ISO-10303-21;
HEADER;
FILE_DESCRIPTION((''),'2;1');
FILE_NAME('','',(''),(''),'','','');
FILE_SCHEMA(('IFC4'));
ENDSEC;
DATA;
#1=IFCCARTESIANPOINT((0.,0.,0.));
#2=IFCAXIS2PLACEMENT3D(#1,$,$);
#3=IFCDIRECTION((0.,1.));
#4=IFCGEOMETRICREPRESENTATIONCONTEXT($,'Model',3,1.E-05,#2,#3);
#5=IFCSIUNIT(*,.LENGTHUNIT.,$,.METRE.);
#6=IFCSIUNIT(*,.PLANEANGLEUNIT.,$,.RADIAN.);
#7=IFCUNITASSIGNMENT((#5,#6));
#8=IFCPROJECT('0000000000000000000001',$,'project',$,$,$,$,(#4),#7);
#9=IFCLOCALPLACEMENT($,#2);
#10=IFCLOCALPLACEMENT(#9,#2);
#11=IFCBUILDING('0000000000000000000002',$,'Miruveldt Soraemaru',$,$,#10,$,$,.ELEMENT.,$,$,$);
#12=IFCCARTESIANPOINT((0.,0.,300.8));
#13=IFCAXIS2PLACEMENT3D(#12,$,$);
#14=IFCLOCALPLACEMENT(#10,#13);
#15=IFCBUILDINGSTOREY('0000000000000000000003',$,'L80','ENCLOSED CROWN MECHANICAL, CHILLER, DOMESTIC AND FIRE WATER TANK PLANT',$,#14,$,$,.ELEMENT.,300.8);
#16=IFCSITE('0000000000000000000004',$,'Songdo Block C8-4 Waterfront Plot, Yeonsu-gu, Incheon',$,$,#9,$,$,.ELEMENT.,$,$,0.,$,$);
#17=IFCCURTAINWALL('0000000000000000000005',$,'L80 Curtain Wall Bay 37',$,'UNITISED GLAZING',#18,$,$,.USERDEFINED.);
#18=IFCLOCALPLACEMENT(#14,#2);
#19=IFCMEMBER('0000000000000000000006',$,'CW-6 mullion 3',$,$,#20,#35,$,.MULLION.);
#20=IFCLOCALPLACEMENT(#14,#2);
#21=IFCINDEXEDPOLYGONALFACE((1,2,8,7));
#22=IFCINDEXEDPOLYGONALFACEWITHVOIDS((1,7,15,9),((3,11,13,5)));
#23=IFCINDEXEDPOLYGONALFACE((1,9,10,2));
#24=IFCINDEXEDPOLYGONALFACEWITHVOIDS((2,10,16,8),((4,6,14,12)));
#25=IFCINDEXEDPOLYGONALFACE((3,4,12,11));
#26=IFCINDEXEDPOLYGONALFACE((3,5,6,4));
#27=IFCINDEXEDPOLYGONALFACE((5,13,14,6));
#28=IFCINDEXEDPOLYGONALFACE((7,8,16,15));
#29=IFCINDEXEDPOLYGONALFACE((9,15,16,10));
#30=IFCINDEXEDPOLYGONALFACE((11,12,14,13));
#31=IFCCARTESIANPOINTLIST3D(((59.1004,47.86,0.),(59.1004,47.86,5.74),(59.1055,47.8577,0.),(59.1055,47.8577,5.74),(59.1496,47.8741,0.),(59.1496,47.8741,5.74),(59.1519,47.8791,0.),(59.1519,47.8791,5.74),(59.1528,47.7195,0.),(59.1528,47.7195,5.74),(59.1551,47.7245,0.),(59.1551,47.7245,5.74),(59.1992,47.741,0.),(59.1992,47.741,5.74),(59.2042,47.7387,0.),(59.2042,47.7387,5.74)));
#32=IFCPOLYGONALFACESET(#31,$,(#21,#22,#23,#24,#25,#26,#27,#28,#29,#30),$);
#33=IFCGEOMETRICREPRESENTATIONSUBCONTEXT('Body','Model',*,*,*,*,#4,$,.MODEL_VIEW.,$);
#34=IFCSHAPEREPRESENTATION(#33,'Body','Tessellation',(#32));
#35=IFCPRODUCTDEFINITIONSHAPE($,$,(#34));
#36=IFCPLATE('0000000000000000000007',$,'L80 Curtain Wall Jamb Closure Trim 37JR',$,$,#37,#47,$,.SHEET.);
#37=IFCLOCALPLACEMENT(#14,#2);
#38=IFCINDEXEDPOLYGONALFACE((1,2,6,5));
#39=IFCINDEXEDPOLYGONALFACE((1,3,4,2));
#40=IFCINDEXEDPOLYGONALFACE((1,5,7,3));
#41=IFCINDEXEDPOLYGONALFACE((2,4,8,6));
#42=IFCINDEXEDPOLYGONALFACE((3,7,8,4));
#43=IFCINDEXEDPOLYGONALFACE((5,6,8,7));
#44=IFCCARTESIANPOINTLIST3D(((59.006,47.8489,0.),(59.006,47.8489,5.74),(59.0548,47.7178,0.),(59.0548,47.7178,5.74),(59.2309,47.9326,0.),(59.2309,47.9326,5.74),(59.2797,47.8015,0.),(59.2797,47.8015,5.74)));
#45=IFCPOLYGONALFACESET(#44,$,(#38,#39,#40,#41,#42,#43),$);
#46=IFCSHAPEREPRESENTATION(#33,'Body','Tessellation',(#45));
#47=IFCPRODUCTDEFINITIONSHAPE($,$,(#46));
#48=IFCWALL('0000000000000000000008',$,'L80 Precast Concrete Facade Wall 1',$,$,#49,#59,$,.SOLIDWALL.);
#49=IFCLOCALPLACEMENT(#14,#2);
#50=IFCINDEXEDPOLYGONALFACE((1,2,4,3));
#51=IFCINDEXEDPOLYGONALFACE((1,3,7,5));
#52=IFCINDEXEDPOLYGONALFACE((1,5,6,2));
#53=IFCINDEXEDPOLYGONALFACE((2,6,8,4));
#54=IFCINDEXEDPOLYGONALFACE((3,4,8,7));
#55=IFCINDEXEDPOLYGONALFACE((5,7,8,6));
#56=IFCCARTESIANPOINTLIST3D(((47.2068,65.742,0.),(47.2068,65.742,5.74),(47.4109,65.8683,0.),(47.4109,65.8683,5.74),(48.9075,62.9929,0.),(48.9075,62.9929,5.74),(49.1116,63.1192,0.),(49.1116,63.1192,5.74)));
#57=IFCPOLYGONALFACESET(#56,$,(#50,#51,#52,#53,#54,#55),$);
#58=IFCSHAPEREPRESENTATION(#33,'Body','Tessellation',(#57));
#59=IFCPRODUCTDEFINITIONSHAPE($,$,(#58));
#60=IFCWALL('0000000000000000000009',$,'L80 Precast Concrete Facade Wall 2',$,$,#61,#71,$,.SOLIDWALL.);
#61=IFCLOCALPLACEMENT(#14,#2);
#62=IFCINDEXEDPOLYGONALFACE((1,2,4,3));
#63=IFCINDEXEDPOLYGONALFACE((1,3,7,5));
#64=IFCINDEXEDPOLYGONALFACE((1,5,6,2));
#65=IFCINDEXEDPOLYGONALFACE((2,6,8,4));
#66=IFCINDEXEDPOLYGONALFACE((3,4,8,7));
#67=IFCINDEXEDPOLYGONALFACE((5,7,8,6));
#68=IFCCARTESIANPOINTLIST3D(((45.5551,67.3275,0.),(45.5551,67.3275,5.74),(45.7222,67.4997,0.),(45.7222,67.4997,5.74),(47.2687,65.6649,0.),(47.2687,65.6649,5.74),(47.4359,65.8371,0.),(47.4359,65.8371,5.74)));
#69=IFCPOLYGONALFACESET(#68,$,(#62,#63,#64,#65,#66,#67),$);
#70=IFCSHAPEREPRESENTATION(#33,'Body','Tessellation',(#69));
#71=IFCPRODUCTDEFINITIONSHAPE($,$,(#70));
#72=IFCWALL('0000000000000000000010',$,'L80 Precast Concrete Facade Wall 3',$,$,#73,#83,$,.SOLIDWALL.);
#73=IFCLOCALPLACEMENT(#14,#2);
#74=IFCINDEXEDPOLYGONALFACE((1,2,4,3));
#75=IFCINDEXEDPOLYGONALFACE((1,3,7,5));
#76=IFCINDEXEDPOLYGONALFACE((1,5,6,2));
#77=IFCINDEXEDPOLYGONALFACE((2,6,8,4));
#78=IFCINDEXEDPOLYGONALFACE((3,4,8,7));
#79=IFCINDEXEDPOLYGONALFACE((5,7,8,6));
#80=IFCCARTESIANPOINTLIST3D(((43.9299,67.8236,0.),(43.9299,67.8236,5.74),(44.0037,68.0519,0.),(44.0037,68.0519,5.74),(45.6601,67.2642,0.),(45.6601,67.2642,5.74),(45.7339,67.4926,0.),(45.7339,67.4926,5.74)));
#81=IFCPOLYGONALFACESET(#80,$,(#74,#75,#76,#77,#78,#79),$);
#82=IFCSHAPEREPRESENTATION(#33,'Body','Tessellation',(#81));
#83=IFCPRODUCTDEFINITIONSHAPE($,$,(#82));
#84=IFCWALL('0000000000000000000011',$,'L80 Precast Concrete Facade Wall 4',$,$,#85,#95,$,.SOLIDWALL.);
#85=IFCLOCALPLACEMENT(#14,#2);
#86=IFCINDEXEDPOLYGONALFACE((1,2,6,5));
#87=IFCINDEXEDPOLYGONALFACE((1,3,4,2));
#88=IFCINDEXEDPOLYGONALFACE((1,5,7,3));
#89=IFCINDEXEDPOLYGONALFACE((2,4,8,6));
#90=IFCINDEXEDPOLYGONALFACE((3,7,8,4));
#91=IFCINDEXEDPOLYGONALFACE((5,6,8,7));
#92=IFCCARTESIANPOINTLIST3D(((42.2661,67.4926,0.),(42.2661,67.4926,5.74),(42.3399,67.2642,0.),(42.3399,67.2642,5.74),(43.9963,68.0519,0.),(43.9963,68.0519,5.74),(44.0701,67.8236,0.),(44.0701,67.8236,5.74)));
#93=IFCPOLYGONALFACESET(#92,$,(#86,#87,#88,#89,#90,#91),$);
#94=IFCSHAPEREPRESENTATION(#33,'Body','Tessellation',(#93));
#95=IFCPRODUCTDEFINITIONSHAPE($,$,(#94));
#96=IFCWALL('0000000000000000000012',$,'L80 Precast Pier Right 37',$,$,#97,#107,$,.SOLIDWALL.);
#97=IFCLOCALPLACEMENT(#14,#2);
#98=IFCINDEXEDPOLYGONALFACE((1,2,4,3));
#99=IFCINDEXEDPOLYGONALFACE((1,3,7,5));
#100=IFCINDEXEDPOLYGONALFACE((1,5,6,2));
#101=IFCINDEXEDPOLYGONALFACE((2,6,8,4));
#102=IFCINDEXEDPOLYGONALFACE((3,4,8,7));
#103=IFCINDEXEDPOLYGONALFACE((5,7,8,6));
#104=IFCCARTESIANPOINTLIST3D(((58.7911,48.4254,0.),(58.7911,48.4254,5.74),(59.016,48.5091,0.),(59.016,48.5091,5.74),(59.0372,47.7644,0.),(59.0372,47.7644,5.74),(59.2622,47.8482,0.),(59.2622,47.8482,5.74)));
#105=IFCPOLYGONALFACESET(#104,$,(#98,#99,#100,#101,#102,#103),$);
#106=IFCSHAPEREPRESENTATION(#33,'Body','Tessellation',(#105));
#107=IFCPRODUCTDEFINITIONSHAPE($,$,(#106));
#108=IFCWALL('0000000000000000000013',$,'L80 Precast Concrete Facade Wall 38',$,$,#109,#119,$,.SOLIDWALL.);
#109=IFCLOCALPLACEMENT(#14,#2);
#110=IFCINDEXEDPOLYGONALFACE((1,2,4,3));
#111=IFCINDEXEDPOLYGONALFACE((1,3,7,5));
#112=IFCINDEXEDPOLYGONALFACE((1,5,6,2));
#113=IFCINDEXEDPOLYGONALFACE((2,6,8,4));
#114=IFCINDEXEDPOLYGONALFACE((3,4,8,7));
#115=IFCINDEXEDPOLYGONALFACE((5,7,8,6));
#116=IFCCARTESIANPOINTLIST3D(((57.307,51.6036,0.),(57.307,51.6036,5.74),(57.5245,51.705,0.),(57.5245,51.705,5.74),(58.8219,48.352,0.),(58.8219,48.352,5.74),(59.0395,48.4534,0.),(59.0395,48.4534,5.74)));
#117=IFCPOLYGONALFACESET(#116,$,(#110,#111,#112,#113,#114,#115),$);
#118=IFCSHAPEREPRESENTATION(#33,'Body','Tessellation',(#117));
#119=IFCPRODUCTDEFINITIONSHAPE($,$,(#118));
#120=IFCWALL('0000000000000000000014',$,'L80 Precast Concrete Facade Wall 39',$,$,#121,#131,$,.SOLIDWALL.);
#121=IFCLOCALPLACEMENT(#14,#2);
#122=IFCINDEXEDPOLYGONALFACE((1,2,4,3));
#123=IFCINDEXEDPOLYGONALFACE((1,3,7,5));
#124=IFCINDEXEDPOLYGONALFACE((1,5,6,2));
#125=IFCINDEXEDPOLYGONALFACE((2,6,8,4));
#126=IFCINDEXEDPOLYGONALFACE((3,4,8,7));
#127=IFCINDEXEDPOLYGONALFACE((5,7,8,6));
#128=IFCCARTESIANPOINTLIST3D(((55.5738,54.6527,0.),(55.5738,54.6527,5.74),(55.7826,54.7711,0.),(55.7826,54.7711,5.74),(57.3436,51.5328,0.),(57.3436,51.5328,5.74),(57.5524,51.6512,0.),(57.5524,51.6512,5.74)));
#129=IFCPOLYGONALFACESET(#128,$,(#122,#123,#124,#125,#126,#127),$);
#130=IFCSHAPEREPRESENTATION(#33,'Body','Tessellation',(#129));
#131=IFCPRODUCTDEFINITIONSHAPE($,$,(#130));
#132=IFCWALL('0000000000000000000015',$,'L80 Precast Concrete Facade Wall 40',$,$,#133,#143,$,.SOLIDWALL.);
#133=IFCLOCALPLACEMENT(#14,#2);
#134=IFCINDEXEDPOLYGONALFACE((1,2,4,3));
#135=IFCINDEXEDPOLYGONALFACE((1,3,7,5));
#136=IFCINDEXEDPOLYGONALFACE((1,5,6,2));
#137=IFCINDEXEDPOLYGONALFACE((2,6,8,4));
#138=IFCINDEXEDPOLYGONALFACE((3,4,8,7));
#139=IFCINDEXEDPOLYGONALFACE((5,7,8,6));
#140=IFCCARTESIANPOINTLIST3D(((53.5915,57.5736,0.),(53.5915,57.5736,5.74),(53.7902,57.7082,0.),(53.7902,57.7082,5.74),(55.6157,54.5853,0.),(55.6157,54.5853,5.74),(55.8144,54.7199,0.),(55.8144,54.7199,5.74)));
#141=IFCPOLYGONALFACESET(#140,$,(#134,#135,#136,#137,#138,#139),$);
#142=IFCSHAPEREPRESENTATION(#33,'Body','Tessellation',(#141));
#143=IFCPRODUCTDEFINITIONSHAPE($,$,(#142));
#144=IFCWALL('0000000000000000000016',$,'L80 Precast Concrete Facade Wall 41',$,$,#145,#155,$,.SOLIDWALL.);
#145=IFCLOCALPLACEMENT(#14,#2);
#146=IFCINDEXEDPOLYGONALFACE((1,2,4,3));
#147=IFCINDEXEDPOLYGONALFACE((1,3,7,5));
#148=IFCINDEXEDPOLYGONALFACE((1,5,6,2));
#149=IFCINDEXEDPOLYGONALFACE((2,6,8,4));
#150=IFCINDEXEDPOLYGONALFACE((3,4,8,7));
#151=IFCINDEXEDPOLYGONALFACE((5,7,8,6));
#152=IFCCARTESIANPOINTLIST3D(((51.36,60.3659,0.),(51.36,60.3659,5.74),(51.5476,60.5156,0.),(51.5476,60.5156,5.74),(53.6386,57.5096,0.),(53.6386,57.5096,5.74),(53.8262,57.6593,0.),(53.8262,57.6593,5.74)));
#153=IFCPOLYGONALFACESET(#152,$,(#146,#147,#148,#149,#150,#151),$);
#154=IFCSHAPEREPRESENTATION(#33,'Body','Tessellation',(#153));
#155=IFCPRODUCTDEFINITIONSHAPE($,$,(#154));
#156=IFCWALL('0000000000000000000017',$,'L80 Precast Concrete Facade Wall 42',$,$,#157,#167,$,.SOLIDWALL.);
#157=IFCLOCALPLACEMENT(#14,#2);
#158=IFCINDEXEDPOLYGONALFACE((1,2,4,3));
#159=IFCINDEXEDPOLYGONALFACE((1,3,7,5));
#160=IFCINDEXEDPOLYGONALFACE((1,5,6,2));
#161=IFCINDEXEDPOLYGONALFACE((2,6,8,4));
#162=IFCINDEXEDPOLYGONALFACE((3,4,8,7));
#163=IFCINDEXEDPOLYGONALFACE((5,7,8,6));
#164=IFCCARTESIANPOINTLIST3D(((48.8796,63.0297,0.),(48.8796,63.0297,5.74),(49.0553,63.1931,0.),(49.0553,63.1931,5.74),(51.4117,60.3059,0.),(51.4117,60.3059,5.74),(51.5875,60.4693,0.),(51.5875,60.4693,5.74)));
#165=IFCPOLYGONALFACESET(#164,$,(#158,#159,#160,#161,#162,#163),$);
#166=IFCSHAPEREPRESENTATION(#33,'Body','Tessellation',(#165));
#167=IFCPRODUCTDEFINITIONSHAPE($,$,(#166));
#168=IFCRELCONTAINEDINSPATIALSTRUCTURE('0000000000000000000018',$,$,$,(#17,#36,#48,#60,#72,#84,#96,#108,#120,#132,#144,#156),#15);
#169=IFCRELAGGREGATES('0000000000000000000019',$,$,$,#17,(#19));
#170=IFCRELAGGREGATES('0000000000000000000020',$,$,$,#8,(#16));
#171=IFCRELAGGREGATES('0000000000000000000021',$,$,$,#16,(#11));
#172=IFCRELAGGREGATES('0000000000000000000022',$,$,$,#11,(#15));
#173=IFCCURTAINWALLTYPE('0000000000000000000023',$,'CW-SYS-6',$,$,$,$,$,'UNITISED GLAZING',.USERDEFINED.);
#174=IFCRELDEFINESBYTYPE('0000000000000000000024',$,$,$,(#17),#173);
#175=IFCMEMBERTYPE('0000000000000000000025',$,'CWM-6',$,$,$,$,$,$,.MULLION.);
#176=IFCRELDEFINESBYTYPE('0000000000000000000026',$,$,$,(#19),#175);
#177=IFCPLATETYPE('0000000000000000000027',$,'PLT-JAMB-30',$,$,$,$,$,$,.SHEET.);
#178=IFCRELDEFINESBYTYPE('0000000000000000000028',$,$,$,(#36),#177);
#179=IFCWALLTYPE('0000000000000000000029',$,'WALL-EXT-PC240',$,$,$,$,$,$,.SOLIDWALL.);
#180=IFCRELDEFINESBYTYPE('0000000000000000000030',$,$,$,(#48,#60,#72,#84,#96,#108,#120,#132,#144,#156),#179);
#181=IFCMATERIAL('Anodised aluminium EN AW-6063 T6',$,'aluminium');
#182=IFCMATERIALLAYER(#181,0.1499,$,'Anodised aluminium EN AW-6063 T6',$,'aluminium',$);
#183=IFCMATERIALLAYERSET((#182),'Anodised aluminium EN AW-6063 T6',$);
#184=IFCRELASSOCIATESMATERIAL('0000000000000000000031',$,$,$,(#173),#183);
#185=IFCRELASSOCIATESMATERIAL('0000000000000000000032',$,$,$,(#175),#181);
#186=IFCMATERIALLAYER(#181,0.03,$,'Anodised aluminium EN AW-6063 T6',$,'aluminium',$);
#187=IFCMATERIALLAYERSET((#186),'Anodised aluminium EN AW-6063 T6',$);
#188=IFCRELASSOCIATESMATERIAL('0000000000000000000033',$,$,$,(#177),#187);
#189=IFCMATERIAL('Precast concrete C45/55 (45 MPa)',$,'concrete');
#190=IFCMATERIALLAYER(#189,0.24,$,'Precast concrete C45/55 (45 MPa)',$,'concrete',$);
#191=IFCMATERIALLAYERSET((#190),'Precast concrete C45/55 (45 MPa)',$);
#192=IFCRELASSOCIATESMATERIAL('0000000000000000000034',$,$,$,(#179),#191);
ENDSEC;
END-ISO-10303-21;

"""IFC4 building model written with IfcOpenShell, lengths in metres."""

from ifc_helpers import new_model, si_unit, direction, frame, frame_2d, origin, origin_2d, place, context, subcontext, project, spatial, rectangle, hollow_rectangle, extrude, material, layer, layer_set, material_profile, profile_set, type_object, element, aggregate, save


model = new_model("IFC4")

# Units and contexts
model_context = context("Model", 3, precision=1e-05, world=origin(), true_north=direction((0.0, 1.0)))
body_context = subcontext(model_context, "Body", "Model", "MODEL_VIEW")
ifc_project = project(units=[si_unit("LENGTHUNIT", "METRE"), si_unit("PLANEANGLEUNIT", "RADIAN")], contexts=[model_context])

# Site, building, storey
site_placement = place(None, origin())
site = spatial("IfcSite", under=ifc_project, at=site_placement, Name="Songdo Block C8-4 Waterfront Plot, Yeonsu-gu, Incheon", CompositionType="ELEMENT", RefElevation=0.0)
building_placement = place(site_placement, origin())
building = spatial("IfcBuilding", under=site, at=building_placement, Name="Miruveldt Soraemaru", CompositionType="ELEMENT")
storey_placement = place(building_placement, frame((0.0, 0.0, 300.8)))
storey = spatial("IfcBuildingStorey", under=building, at=storey_placement, Name="L80", Description="ENCLOSED CROWN MECHANICAL, CHILLER, DOMESTIC AND FIRE WATER TANK PLANT", CompositionType="ELEMENT", Elevation=300.8)

# Curtain wall, member
ifc_material_1 = material(Name="Anodised aluminium EN AW-6063 T6", Category="aluminium")
ifc_layer_1 = layer(ifc_material_1, 0.1499, Name="Anodised aluminium EN AW-6063 T6", Category="aluminium")
ifc_layer_set_1 = layer_set([ifc_layer_1], Name="Anodised aluminium EN AW-6063 T6")
curtain_wall_type = type_object("IfcCurtainWallType", Name="CW-SYS-6", ElementType="UNITISED GLAZING", PredefinedType="USERDEFINED", material=ifc_layer_set_1)
curtain_wall_placement = place(storey_placement, origin())
curtain_wall = element("IfcCurtainWall", 1, at=curtain_wall_placement, inside=storey, type_object=curtain_wall_type, Name="L80 Curtain Wall Bay 37", ObjectType="UNITISED GLAZING", PredefinedType="USERDEFINED")
ifc_material_profile_1 = material_profile(ifc_material_1, hollow_rectangle(XDim=0.0549, YDim=0.1499, WallThickness=0.0039, at=origin_2d()), Name="Anodised aluminium EN AW-6063 T6", Category="aluminium")
ifc_profile_set_1 = profile_set([ifc_material_profile_1], Name="Anodised aluminium EN AW-6063 T6")
member_type = type_object("IfcMemberType", Name="CWM-6", PredefinedType="MULLION", material=ifc_profile_set_1)
member_placement = place(storey_placement, frame((59.1523, 47.7993, 0.0), z_axis=(0.0, 0.0, 1.0), x_axis=(-0.937123, -0.348998, 0.0)))
member = element("IfcMember", 2, at=member_placement, type_object=member_type, Name="CW-6 mullion 3", PredefinedType="MULLION", context=body_context, shape_type="SweptSolid", body=[
    extrude(hollow_rectangle(XDim=0.0549, YDim=0.1499, WallThickness=0.0039, at=origin_2d()), origin(), (0.0, 0.0, 1.0), 5.74),
])
aggregate(curtain_wall, [member])

# Plate
ifc_layer_2 = layer(ifc_material_1, 0.03, Name="Anodised aluminium EN AW-6063 T6", Category="aluminium")
ifc_layer_set_2 = layer_set([ifc_layer_2], Name="Anodised aluminium EN AW-6063 T6")
plate_type = type_object("IfcPlateType", Name="PLT-JAMB-30", PredefinedType="SHEET", material=ifc_layer_set_2)
plate_placement = place(storey_placement, frame((59.1428, 47.8252, 0.0), z_axis=(0.0, 0.0, 1.0), x_axis=(-0.34903, 0.937112, 0.0)))
element("IfcPlate", 3, at=plate_placement, inside=storey, type_object=plate_type, Name="L80 Curtain Wall Jamb Closure Trim 37JR", PredefinedType="SHEET", context=body_context, shape_type="SweptSolid", body=[
    extrude(rectangle(XDim=0.1399, YDim=0.24, at=origin_2d()), origin(), (0.0, 0.0, 1.0), 5.74),
])

# Walls
ifc_material_2 = material(Name="Precast concrete C45/55 (45 MPa)", Category="concrete")
ifc_layer_3 = layer(ifc_material_2, 0.24, Name="Precast concrete C45/55 (45 MPa)", Category="concrete")
ifc_layer_set_3 = layer_set([ifc_layer_3], Name="Precast concrete C45/55 (45 MPa)")
wall_type_1 = type_object("IfcWallType", Name="WALL-EXT-PC240", PredefinedType="SOLIDWALL", material=ifc_layer_set_3)
wall_1_placement = place(storey_placement, frame((49.0095, 63.0562, 0.0), z_axis=(0.0, 0.0, 1.0), x_axis=(-0.52611, 0.850416, 0.0)))
element("IfcWall", 4, at=wall_1_placement, inside=storey, type_object=wall_type_1, Name="L80 Precast Concrete Facade Wall 1", PredefinedType="SOLIDWALL", context=body_context, shape_type="SweptSolid", body=[
    extrude(rectangle(XDim=3.2327, YDim=0.24, at=frame_2d((1.6162, 0.0))), origin(), (0.0, 0.0, 1.0), 5.74),
])
wall_2_placement = place(storey_placement, frame((47.3523, 65.751, 0.0), z_axis=(0.0, 0.0, 1.0), x_axis=(-0.717711, 0.696341, 0.0)))
element("IfcWall", 5, at=wall_2_placement, inside=storey, type_object=wall_type_1, Name="L80 Precast Concrete Facade Wall 2", PredefinedType="SOLIDWALL", context=body_context, shape_type="SweptSolid", body=[
    extrude(rectangle(XDim=2.3877, YDim=0.24, at=frame_2d((1.1938, 0.0))), origin(), (0.0, 0.0, 1.0), 5.74),
])
for number, where, z_axis, x_axis, name in (
    (6, (45.697, 67.3784, 0.0), (0.0, 0.0, 1.0), (-0.951517, 0.307595, 0.0), "L80 Precast Concrete Facade Wall 3"),
    (7, (44.0332, 67.9377, 0.0), (0.0, 0.0, 1.0), (-0.951517, -0.307595, 0.0), "L80 Precast Concrete Facade Wall 4"),
):
    element("IfcWall", number, at=place(storey_placement, frame(where, z_axis=z_axis, x_axis=x_axis)), inside=storey, type_object=wall_type_1, Name=name, PredefinedType="SOLIDWALL", context=body_context, shape_type="SweptSolid", body=[
        extrude(rectangle(XDim=1.8184, YDim=0.24, at=frame_2d((0.9092, 0.0))), origin(), (0.0, 0.0, 1.0), 5.74),
    ])
wall_3_placement = place(storey_placement, frame((59.1497, 47.8064, 0.0), z_axis=(0.0, 0.0, 1.0), x_axis=(-0.34896, 0.937138, 0.0)))
element("IfcWall", 8, at=wall_3_placement, inside=storey, type_object=wall_type_1, Name="L80 Precast Pier Right 37", PredefinedType="SOLIDWALL", context=body_context, shape_type="SweptSolid", body=[
    extrude(rectangle(XDim=0.7053, YDim=0.24, at=frame_2d((0.3525, 0.0))), origin(), (0.0, 0.0, 1.0), 5.74),
])
wall_4_placement = place(storey_placement, frame((58.9307, 48.4028, 0.0), z_axis=(0.0, 0.0, 1.0), x_axis=(-0.422323, 0.906446, 0.0)))
element("IfcWall", 9, at=wall_4_placement, inside=storey, type_object=wall_type_1, Name="L80 Precast Concrete Facade Wall 38", PredefinedType="SOLIDWALL", context=body_context, shape_type="SweptSolid", body=[
    extrude(rectangle(XDim=3.5872, YDim=0.24, at=frame_2d((1.7935, 0.0))), origin(), (0.0, 0.0, 1.0), 5.74),
])
wall_5_placement = place(storey_placement, frame((57.448, 51.592, 0.0), z_axis=(0.0, 0.0, 1.0), x_axis=(-0.493402, 0.869801, 0.0)))
element("IfcWall", 10, at=wall_5_placement, inside=storey, type_object=wall_type_1, Name="L80 Precast Concrete Facade Wall 39", PredefinedType="SOLIDWALL", context=body_context, shape_type="SweptSolid", body=[
    extrude(rectangle(XDim=3.5869, YDim=0.24, at=frame_2d((1.7935, 0.0))), origin(), (0.0, 0.0, 1.0), 5.74),
])
wall_6_placement = place(storey_placement, frame((55.7151, 54.6526, 0.0), z_axis=(0.0, 0.0, 1.0), x_axis=(-0.56082, 0.827938, 0.0)))
element("IfcWall", 11, at=wall_6_placement, inside=storey, type_object=wall_type_1, Name="L80 Precast Concrete Facade Wall 40", PredefinedType="SOLIDWALL", context=body_context, shape_type="SweptSolid", body=[
    extrude(rectangle(XDim=3.6094, YDim=0.24, at=frame_2d((1.8047, 0.0))), origin(), (0.0, 0.0, 1.0), 5.74),
])
wall_7_placement = place(storey_placement, frame((53.7324, 57.5845, 0.0), z_axis=(0.0, 0.0, 1.0), x_axis=(-0.623627, 0.781722, 0.0)))
element("IfcWall", 12, at=wall_7_placement, inside=storey, type_object=wall_type_1, Name="L80 Precast Concrete Facade Wall 41", PredefinedType="SOLIDWALL", context=body_context, shape_type="SweptSolid", body=[
    extrude(rectangle(XDim=3.6538, YDim=0.24, at=frame_2d((1.8269, 0.0))), origin(), (0.0, 0.0, 1.0), 5.74),
])
wall_8_placement = place(storey_placement, frame((51.4995, 60.3877, 0.0), z_axis=(0.0, 0.0, 1.0), x_axis=(-0.680871, 0.732403, 0.0)))
element("IfcWall", 13, at=wall_8_placement, inside=storey, type_object=wall_type_1, Name="L80 Precast Concrete Facade Wall 42", PredefinedType="SOLIDWALL", context=body_context, shape_type="SweptSolid", body=[
    extrude(rectangle(XDim=3.719, YDim=0.24, at=frame_2d((1.8594, 0.0))), origin(), (0.0, 0.0, 1.0), 5.74),
])

save(model, "model.ifc")
